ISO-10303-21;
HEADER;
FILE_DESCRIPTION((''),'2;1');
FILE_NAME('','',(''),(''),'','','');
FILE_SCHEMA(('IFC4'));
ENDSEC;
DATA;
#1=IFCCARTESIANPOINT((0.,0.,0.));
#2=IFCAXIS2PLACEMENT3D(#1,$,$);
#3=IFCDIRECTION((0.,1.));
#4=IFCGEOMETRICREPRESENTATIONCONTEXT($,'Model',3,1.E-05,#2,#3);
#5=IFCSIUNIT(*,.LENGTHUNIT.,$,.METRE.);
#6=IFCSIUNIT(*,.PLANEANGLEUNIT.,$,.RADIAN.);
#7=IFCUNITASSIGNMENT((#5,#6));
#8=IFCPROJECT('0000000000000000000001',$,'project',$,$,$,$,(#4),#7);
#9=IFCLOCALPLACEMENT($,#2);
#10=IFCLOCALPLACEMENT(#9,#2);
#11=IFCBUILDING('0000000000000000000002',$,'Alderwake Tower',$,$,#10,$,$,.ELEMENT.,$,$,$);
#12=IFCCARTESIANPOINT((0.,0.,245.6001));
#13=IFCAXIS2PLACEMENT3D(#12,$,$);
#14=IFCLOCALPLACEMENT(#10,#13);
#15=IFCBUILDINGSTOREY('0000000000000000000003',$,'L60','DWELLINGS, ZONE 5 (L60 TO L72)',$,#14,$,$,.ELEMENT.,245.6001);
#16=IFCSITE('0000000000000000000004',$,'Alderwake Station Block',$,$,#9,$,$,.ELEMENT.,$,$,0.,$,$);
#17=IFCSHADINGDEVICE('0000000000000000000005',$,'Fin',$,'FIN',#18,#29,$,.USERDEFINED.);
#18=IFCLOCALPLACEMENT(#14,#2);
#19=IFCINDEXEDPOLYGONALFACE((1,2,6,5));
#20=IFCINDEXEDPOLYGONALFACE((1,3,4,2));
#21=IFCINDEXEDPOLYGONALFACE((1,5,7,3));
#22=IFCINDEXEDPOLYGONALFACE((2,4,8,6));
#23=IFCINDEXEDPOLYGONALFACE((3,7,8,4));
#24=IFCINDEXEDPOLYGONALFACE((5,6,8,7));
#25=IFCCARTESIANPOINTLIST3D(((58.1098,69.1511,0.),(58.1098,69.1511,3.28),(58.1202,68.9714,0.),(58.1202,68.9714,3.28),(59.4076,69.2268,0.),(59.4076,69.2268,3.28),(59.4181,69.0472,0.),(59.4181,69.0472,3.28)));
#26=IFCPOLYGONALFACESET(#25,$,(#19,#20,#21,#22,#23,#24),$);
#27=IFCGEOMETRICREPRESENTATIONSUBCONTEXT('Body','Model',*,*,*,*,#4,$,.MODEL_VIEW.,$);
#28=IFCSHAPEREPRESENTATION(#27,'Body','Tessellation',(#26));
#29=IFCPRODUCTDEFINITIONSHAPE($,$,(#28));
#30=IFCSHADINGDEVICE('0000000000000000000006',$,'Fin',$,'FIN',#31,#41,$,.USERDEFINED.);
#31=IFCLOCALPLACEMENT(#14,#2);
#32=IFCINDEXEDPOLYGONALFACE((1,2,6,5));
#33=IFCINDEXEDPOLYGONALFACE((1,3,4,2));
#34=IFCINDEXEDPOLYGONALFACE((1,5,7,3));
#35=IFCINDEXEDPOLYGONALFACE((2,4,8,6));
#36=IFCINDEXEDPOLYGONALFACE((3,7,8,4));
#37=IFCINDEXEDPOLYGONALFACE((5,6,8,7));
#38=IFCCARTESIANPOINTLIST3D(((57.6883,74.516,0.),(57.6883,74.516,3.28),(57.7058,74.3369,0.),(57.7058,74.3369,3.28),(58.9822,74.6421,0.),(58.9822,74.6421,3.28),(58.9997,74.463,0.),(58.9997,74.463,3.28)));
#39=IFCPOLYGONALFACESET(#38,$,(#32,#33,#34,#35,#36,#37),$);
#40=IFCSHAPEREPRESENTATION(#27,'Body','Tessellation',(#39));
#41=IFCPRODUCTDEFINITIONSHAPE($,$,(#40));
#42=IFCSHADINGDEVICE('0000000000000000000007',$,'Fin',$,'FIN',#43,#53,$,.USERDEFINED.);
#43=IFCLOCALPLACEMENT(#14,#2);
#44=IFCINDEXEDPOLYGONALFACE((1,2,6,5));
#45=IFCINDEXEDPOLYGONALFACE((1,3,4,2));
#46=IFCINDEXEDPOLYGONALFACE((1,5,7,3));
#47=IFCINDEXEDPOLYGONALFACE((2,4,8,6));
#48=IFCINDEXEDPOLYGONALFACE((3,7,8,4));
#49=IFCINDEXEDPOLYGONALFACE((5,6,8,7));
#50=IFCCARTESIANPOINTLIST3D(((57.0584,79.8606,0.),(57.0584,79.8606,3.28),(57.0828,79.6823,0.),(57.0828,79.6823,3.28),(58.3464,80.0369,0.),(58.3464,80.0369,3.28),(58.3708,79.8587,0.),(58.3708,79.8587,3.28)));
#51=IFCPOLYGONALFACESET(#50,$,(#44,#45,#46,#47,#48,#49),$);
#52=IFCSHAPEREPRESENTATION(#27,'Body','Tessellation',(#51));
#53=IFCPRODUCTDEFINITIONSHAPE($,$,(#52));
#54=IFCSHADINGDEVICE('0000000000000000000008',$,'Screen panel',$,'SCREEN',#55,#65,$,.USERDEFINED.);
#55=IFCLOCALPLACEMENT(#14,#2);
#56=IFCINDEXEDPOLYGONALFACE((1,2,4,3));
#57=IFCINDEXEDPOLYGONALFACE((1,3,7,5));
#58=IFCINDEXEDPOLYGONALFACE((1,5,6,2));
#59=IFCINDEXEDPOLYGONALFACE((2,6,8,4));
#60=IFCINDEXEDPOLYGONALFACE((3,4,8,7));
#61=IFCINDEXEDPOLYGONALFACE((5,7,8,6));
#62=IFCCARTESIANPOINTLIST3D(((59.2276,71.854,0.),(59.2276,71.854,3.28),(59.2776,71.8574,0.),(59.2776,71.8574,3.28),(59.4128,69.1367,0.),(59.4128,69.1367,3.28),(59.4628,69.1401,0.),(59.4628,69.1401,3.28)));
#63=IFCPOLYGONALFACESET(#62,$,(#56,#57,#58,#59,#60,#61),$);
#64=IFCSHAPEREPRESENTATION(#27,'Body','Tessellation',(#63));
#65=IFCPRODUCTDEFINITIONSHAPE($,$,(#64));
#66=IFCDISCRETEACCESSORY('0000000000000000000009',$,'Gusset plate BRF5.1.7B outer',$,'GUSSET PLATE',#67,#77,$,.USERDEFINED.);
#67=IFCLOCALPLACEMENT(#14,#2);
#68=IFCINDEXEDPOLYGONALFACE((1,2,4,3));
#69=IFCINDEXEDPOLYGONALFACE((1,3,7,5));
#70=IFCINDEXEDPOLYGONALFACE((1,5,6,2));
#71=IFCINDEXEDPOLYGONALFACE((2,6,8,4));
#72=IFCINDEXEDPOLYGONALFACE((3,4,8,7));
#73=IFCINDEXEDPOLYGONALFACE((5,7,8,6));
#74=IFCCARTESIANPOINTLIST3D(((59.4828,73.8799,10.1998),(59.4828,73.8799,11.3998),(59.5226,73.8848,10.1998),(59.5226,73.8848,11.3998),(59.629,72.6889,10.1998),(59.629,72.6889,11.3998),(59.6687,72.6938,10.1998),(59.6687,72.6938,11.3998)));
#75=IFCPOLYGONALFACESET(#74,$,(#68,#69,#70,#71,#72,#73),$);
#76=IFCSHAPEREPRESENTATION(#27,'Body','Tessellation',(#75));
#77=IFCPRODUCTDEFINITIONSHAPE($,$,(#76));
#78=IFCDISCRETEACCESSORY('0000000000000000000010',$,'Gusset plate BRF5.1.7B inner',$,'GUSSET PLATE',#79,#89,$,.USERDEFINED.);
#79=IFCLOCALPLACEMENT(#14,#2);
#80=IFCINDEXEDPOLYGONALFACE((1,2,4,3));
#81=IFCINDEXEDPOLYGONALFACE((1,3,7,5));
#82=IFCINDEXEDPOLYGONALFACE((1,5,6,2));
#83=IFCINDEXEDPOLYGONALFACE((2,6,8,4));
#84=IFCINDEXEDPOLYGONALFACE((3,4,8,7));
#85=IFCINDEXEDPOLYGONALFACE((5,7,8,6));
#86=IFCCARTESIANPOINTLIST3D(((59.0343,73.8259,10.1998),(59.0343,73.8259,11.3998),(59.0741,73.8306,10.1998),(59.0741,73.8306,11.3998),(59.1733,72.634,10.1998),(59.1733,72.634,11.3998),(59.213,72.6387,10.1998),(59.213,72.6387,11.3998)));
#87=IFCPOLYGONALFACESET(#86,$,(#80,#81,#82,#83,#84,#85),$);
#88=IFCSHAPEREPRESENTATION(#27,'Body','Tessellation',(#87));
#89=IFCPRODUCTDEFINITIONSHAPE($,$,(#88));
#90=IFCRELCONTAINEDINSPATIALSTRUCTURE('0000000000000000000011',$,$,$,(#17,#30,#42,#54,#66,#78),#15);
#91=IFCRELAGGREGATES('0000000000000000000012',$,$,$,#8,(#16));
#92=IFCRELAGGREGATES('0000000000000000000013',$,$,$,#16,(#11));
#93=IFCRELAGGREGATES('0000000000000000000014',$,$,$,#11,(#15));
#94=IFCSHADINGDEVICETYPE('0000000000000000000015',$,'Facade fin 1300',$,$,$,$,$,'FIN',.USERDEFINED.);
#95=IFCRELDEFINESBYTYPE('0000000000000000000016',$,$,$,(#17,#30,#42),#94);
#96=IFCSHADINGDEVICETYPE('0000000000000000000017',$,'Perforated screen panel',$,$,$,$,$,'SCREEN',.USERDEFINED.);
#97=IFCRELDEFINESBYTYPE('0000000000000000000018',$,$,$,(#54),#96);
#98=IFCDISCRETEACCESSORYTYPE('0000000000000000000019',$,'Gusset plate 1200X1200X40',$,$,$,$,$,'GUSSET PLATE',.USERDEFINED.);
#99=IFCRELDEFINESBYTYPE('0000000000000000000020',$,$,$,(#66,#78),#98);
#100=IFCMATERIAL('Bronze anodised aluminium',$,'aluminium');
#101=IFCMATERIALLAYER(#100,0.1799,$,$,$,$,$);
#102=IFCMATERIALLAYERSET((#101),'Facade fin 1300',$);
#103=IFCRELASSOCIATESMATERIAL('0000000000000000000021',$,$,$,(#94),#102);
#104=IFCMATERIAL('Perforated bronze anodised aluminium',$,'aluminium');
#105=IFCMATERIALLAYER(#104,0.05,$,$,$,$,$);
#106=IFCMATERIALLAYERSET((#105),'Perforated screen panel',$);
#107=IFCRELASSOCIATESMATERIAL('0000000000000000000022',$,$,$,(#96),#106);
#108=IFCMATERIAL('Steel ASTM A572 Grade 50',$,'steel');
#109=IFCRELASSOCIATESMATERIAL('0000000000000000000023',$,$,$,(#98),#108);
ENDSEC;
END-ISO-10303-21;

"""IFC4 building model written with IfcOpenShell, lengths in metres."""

from ifc_helpers import new_model, si_unit, direction, frame, origin, origin_2d, place, context, subcontext, project, spatial, rectangle, extrude, material, layer, layer_set, material_profile, profile_set, type_object, element, save


model = new_model("IFC4")

# Units and contexts
model_context = context("Model", 3, precision=1e-05, world=origin(), true_north=direction((0.0, 1.0)))
body_context = subcontext(model_context, "Body", "Model", "MODEL_VIEW")
ifc_project = project(units=[si_unit("LENGTHUNIT", "METRE"), si_unit("PLANEANGLEUNIT", "RADIAN")], contexts=[model_context])

# Site, building, storey
site_placement = place(None, origin())
site = spatial("IfcSite", under=ifc_project, at=site_placement, Name="Alderwake Station Block", CompositionType="ELEMENT", RefElevation=0.0)
building_placement = place(site_placement, origin())
building = spatial("IfcBuilding", under=site, at=building_placement, Name="Alderwake Tower", CompositionType="ELEMENT")
storey_placement = place(building_placement, frame((0.0, 0.0, 245.6001)))
storey = spatial("IfcBuildingStorey", under=building, at=storey_placement, Name="L60", Description="DWELLINGS, ZONE 5 (L60 TO L72)", CompositionType="ELEMENT", Elevation=245.6001)

# Shading devices
ifc_material_1 = material(Name="Bronze anodised aluminium", Category="aluminium")
ifc_layer_1 = layer(ifc_material_1, 0.1799)
ifc_layer_set_1 = layer_set([ifc_layer_1], Name="Facade fin 1300")
shading_device_type_1 = type_object("IfcShadingDeviceType", Name="Facade fin 1300", ElementType="FIN", PredefinedType="USERDEFINED", material=ifc_layer_set_1)
for number, where, z_axis, x_axis, name in (
    (1, (58.7639, 69.0991, 0.0), (0.0, 0.0, 1.0), (0.998301, 0.058266, 0.0), "Fin"),
    (2, (58.344, 74.4895, 0.0), (0.0, 0.0, 1.0), (0.99528, 0.097046, 0.0), "Fin"),
    (3, (57.7146, 79.8596, 0.0), (0.0, 0.0, 1.0), (0.990753, 0.135681, 0.0), "Fin"),
):
    element("IfcShadingDevice", number, at=place(storey_placement, frame(where, z_axis=z_axis, x_axis=x_axis)), inside=storey, type_object=shading_device_type_1, Name=name, ObjectType="FIN", PredefinedType="USERDEFINED", context=body_context, shape_type="SweptSolid", body=[
        extrude(rectangle(XDim=1.3, YDim=0.1799, at=origin_2d()), origin(), (0.0, 0.0, 1.0), 3.28),
    ])
ifc_material_2 = material(Name="Perforated bronze anodised aluminium", Category="aluminium")
ifc_layer_2 = layer(ifc_material_2, 0.05)
ifc_layer_set_2 = layer_set([ifc_layer_2], Name="Perforated screen panel")
shading_device_type_2 = type_object("IfcShadingDeviceType", Name="Perforated screen panel", ElementType="SCREEN", PredefinedType="USERDEFINED", material=ifc_layer_set_2)
shading_device_placement = place(storey_placement, frame((59.3452, 70.4971, 0.0), z_axis=(0.0, 0.0, 1.0), x_axis=(0.997685, 0.067998, 0.0)))
element("IfcShadingDevice", 4, at=shading_device_placement, inside=storey, type_object=shading_device_type_2, Name="Screen panel", ObjectType="SCREEN", PredefinedType="USERDEFINED", context=body_context, shape_type="SweptSolid", body=[
    extrude(rectangle(XDim=0.05, YDim=2.7236, at=origin_2d()), origin(), (0.0, 0.0, 1.0), 3.28),
])

# Discrete accessories
ifc_material_3 = material(Name="Steel ASTM A572 Grade 50", Category="steel")
ifc_material_profile_1 = material_profile(ifc_material_3, rectangle(XDim=1.2, YDim=1.2, at=origin_2d()), Name="gusset 1200X1200")
ifc_profile_set_1 = profile_set([ifc_material_profile_1], Name="Steel ASTM A572 Grade 50")
discrete_accessory_type = type_object("IfcDiscreteAccessoryType", Name="Gusset plate 1200X1200X40", ElementType="GUSSET PLATE", PredefinedType="USERDEFINED", material=ifc_profile_set_1)
for number, where, z_axis, x_axis, name in (
    (5, (59.5559, 73.2844, 10.7998), (0.992556, 0.121786, 0.0), (-0.121786, 0.992556, 0.0), "Gusset plate BRF5.1.7B outer"),
    (6, (59.1436, 73.2346, 10.7998), (-0.993275, -0.115781, 0.0), (0.115781, -0.993275, 0.0), "Gusset plate BRF5.1.7B inner"),
):
    element("IfcDiscreteAccessory", number, at=place(storey_placement, frame(where, z_axis=z_axis, x_axis=x_axis)), inside=storey, type_object=discrete_accessory_type, Name=name, ObjectType="GUSSET PLATE", PredefinedType="USERDEFINED", context=body_context, shape_type="SweptSolid", body=[
        extrude(rectangle(XDim=1.2, YDim=1.2, at=origin_2d()), origin(), (0.0, 0.0, 1.0), 0.04),
    ])

save(model, "model.ifc")
